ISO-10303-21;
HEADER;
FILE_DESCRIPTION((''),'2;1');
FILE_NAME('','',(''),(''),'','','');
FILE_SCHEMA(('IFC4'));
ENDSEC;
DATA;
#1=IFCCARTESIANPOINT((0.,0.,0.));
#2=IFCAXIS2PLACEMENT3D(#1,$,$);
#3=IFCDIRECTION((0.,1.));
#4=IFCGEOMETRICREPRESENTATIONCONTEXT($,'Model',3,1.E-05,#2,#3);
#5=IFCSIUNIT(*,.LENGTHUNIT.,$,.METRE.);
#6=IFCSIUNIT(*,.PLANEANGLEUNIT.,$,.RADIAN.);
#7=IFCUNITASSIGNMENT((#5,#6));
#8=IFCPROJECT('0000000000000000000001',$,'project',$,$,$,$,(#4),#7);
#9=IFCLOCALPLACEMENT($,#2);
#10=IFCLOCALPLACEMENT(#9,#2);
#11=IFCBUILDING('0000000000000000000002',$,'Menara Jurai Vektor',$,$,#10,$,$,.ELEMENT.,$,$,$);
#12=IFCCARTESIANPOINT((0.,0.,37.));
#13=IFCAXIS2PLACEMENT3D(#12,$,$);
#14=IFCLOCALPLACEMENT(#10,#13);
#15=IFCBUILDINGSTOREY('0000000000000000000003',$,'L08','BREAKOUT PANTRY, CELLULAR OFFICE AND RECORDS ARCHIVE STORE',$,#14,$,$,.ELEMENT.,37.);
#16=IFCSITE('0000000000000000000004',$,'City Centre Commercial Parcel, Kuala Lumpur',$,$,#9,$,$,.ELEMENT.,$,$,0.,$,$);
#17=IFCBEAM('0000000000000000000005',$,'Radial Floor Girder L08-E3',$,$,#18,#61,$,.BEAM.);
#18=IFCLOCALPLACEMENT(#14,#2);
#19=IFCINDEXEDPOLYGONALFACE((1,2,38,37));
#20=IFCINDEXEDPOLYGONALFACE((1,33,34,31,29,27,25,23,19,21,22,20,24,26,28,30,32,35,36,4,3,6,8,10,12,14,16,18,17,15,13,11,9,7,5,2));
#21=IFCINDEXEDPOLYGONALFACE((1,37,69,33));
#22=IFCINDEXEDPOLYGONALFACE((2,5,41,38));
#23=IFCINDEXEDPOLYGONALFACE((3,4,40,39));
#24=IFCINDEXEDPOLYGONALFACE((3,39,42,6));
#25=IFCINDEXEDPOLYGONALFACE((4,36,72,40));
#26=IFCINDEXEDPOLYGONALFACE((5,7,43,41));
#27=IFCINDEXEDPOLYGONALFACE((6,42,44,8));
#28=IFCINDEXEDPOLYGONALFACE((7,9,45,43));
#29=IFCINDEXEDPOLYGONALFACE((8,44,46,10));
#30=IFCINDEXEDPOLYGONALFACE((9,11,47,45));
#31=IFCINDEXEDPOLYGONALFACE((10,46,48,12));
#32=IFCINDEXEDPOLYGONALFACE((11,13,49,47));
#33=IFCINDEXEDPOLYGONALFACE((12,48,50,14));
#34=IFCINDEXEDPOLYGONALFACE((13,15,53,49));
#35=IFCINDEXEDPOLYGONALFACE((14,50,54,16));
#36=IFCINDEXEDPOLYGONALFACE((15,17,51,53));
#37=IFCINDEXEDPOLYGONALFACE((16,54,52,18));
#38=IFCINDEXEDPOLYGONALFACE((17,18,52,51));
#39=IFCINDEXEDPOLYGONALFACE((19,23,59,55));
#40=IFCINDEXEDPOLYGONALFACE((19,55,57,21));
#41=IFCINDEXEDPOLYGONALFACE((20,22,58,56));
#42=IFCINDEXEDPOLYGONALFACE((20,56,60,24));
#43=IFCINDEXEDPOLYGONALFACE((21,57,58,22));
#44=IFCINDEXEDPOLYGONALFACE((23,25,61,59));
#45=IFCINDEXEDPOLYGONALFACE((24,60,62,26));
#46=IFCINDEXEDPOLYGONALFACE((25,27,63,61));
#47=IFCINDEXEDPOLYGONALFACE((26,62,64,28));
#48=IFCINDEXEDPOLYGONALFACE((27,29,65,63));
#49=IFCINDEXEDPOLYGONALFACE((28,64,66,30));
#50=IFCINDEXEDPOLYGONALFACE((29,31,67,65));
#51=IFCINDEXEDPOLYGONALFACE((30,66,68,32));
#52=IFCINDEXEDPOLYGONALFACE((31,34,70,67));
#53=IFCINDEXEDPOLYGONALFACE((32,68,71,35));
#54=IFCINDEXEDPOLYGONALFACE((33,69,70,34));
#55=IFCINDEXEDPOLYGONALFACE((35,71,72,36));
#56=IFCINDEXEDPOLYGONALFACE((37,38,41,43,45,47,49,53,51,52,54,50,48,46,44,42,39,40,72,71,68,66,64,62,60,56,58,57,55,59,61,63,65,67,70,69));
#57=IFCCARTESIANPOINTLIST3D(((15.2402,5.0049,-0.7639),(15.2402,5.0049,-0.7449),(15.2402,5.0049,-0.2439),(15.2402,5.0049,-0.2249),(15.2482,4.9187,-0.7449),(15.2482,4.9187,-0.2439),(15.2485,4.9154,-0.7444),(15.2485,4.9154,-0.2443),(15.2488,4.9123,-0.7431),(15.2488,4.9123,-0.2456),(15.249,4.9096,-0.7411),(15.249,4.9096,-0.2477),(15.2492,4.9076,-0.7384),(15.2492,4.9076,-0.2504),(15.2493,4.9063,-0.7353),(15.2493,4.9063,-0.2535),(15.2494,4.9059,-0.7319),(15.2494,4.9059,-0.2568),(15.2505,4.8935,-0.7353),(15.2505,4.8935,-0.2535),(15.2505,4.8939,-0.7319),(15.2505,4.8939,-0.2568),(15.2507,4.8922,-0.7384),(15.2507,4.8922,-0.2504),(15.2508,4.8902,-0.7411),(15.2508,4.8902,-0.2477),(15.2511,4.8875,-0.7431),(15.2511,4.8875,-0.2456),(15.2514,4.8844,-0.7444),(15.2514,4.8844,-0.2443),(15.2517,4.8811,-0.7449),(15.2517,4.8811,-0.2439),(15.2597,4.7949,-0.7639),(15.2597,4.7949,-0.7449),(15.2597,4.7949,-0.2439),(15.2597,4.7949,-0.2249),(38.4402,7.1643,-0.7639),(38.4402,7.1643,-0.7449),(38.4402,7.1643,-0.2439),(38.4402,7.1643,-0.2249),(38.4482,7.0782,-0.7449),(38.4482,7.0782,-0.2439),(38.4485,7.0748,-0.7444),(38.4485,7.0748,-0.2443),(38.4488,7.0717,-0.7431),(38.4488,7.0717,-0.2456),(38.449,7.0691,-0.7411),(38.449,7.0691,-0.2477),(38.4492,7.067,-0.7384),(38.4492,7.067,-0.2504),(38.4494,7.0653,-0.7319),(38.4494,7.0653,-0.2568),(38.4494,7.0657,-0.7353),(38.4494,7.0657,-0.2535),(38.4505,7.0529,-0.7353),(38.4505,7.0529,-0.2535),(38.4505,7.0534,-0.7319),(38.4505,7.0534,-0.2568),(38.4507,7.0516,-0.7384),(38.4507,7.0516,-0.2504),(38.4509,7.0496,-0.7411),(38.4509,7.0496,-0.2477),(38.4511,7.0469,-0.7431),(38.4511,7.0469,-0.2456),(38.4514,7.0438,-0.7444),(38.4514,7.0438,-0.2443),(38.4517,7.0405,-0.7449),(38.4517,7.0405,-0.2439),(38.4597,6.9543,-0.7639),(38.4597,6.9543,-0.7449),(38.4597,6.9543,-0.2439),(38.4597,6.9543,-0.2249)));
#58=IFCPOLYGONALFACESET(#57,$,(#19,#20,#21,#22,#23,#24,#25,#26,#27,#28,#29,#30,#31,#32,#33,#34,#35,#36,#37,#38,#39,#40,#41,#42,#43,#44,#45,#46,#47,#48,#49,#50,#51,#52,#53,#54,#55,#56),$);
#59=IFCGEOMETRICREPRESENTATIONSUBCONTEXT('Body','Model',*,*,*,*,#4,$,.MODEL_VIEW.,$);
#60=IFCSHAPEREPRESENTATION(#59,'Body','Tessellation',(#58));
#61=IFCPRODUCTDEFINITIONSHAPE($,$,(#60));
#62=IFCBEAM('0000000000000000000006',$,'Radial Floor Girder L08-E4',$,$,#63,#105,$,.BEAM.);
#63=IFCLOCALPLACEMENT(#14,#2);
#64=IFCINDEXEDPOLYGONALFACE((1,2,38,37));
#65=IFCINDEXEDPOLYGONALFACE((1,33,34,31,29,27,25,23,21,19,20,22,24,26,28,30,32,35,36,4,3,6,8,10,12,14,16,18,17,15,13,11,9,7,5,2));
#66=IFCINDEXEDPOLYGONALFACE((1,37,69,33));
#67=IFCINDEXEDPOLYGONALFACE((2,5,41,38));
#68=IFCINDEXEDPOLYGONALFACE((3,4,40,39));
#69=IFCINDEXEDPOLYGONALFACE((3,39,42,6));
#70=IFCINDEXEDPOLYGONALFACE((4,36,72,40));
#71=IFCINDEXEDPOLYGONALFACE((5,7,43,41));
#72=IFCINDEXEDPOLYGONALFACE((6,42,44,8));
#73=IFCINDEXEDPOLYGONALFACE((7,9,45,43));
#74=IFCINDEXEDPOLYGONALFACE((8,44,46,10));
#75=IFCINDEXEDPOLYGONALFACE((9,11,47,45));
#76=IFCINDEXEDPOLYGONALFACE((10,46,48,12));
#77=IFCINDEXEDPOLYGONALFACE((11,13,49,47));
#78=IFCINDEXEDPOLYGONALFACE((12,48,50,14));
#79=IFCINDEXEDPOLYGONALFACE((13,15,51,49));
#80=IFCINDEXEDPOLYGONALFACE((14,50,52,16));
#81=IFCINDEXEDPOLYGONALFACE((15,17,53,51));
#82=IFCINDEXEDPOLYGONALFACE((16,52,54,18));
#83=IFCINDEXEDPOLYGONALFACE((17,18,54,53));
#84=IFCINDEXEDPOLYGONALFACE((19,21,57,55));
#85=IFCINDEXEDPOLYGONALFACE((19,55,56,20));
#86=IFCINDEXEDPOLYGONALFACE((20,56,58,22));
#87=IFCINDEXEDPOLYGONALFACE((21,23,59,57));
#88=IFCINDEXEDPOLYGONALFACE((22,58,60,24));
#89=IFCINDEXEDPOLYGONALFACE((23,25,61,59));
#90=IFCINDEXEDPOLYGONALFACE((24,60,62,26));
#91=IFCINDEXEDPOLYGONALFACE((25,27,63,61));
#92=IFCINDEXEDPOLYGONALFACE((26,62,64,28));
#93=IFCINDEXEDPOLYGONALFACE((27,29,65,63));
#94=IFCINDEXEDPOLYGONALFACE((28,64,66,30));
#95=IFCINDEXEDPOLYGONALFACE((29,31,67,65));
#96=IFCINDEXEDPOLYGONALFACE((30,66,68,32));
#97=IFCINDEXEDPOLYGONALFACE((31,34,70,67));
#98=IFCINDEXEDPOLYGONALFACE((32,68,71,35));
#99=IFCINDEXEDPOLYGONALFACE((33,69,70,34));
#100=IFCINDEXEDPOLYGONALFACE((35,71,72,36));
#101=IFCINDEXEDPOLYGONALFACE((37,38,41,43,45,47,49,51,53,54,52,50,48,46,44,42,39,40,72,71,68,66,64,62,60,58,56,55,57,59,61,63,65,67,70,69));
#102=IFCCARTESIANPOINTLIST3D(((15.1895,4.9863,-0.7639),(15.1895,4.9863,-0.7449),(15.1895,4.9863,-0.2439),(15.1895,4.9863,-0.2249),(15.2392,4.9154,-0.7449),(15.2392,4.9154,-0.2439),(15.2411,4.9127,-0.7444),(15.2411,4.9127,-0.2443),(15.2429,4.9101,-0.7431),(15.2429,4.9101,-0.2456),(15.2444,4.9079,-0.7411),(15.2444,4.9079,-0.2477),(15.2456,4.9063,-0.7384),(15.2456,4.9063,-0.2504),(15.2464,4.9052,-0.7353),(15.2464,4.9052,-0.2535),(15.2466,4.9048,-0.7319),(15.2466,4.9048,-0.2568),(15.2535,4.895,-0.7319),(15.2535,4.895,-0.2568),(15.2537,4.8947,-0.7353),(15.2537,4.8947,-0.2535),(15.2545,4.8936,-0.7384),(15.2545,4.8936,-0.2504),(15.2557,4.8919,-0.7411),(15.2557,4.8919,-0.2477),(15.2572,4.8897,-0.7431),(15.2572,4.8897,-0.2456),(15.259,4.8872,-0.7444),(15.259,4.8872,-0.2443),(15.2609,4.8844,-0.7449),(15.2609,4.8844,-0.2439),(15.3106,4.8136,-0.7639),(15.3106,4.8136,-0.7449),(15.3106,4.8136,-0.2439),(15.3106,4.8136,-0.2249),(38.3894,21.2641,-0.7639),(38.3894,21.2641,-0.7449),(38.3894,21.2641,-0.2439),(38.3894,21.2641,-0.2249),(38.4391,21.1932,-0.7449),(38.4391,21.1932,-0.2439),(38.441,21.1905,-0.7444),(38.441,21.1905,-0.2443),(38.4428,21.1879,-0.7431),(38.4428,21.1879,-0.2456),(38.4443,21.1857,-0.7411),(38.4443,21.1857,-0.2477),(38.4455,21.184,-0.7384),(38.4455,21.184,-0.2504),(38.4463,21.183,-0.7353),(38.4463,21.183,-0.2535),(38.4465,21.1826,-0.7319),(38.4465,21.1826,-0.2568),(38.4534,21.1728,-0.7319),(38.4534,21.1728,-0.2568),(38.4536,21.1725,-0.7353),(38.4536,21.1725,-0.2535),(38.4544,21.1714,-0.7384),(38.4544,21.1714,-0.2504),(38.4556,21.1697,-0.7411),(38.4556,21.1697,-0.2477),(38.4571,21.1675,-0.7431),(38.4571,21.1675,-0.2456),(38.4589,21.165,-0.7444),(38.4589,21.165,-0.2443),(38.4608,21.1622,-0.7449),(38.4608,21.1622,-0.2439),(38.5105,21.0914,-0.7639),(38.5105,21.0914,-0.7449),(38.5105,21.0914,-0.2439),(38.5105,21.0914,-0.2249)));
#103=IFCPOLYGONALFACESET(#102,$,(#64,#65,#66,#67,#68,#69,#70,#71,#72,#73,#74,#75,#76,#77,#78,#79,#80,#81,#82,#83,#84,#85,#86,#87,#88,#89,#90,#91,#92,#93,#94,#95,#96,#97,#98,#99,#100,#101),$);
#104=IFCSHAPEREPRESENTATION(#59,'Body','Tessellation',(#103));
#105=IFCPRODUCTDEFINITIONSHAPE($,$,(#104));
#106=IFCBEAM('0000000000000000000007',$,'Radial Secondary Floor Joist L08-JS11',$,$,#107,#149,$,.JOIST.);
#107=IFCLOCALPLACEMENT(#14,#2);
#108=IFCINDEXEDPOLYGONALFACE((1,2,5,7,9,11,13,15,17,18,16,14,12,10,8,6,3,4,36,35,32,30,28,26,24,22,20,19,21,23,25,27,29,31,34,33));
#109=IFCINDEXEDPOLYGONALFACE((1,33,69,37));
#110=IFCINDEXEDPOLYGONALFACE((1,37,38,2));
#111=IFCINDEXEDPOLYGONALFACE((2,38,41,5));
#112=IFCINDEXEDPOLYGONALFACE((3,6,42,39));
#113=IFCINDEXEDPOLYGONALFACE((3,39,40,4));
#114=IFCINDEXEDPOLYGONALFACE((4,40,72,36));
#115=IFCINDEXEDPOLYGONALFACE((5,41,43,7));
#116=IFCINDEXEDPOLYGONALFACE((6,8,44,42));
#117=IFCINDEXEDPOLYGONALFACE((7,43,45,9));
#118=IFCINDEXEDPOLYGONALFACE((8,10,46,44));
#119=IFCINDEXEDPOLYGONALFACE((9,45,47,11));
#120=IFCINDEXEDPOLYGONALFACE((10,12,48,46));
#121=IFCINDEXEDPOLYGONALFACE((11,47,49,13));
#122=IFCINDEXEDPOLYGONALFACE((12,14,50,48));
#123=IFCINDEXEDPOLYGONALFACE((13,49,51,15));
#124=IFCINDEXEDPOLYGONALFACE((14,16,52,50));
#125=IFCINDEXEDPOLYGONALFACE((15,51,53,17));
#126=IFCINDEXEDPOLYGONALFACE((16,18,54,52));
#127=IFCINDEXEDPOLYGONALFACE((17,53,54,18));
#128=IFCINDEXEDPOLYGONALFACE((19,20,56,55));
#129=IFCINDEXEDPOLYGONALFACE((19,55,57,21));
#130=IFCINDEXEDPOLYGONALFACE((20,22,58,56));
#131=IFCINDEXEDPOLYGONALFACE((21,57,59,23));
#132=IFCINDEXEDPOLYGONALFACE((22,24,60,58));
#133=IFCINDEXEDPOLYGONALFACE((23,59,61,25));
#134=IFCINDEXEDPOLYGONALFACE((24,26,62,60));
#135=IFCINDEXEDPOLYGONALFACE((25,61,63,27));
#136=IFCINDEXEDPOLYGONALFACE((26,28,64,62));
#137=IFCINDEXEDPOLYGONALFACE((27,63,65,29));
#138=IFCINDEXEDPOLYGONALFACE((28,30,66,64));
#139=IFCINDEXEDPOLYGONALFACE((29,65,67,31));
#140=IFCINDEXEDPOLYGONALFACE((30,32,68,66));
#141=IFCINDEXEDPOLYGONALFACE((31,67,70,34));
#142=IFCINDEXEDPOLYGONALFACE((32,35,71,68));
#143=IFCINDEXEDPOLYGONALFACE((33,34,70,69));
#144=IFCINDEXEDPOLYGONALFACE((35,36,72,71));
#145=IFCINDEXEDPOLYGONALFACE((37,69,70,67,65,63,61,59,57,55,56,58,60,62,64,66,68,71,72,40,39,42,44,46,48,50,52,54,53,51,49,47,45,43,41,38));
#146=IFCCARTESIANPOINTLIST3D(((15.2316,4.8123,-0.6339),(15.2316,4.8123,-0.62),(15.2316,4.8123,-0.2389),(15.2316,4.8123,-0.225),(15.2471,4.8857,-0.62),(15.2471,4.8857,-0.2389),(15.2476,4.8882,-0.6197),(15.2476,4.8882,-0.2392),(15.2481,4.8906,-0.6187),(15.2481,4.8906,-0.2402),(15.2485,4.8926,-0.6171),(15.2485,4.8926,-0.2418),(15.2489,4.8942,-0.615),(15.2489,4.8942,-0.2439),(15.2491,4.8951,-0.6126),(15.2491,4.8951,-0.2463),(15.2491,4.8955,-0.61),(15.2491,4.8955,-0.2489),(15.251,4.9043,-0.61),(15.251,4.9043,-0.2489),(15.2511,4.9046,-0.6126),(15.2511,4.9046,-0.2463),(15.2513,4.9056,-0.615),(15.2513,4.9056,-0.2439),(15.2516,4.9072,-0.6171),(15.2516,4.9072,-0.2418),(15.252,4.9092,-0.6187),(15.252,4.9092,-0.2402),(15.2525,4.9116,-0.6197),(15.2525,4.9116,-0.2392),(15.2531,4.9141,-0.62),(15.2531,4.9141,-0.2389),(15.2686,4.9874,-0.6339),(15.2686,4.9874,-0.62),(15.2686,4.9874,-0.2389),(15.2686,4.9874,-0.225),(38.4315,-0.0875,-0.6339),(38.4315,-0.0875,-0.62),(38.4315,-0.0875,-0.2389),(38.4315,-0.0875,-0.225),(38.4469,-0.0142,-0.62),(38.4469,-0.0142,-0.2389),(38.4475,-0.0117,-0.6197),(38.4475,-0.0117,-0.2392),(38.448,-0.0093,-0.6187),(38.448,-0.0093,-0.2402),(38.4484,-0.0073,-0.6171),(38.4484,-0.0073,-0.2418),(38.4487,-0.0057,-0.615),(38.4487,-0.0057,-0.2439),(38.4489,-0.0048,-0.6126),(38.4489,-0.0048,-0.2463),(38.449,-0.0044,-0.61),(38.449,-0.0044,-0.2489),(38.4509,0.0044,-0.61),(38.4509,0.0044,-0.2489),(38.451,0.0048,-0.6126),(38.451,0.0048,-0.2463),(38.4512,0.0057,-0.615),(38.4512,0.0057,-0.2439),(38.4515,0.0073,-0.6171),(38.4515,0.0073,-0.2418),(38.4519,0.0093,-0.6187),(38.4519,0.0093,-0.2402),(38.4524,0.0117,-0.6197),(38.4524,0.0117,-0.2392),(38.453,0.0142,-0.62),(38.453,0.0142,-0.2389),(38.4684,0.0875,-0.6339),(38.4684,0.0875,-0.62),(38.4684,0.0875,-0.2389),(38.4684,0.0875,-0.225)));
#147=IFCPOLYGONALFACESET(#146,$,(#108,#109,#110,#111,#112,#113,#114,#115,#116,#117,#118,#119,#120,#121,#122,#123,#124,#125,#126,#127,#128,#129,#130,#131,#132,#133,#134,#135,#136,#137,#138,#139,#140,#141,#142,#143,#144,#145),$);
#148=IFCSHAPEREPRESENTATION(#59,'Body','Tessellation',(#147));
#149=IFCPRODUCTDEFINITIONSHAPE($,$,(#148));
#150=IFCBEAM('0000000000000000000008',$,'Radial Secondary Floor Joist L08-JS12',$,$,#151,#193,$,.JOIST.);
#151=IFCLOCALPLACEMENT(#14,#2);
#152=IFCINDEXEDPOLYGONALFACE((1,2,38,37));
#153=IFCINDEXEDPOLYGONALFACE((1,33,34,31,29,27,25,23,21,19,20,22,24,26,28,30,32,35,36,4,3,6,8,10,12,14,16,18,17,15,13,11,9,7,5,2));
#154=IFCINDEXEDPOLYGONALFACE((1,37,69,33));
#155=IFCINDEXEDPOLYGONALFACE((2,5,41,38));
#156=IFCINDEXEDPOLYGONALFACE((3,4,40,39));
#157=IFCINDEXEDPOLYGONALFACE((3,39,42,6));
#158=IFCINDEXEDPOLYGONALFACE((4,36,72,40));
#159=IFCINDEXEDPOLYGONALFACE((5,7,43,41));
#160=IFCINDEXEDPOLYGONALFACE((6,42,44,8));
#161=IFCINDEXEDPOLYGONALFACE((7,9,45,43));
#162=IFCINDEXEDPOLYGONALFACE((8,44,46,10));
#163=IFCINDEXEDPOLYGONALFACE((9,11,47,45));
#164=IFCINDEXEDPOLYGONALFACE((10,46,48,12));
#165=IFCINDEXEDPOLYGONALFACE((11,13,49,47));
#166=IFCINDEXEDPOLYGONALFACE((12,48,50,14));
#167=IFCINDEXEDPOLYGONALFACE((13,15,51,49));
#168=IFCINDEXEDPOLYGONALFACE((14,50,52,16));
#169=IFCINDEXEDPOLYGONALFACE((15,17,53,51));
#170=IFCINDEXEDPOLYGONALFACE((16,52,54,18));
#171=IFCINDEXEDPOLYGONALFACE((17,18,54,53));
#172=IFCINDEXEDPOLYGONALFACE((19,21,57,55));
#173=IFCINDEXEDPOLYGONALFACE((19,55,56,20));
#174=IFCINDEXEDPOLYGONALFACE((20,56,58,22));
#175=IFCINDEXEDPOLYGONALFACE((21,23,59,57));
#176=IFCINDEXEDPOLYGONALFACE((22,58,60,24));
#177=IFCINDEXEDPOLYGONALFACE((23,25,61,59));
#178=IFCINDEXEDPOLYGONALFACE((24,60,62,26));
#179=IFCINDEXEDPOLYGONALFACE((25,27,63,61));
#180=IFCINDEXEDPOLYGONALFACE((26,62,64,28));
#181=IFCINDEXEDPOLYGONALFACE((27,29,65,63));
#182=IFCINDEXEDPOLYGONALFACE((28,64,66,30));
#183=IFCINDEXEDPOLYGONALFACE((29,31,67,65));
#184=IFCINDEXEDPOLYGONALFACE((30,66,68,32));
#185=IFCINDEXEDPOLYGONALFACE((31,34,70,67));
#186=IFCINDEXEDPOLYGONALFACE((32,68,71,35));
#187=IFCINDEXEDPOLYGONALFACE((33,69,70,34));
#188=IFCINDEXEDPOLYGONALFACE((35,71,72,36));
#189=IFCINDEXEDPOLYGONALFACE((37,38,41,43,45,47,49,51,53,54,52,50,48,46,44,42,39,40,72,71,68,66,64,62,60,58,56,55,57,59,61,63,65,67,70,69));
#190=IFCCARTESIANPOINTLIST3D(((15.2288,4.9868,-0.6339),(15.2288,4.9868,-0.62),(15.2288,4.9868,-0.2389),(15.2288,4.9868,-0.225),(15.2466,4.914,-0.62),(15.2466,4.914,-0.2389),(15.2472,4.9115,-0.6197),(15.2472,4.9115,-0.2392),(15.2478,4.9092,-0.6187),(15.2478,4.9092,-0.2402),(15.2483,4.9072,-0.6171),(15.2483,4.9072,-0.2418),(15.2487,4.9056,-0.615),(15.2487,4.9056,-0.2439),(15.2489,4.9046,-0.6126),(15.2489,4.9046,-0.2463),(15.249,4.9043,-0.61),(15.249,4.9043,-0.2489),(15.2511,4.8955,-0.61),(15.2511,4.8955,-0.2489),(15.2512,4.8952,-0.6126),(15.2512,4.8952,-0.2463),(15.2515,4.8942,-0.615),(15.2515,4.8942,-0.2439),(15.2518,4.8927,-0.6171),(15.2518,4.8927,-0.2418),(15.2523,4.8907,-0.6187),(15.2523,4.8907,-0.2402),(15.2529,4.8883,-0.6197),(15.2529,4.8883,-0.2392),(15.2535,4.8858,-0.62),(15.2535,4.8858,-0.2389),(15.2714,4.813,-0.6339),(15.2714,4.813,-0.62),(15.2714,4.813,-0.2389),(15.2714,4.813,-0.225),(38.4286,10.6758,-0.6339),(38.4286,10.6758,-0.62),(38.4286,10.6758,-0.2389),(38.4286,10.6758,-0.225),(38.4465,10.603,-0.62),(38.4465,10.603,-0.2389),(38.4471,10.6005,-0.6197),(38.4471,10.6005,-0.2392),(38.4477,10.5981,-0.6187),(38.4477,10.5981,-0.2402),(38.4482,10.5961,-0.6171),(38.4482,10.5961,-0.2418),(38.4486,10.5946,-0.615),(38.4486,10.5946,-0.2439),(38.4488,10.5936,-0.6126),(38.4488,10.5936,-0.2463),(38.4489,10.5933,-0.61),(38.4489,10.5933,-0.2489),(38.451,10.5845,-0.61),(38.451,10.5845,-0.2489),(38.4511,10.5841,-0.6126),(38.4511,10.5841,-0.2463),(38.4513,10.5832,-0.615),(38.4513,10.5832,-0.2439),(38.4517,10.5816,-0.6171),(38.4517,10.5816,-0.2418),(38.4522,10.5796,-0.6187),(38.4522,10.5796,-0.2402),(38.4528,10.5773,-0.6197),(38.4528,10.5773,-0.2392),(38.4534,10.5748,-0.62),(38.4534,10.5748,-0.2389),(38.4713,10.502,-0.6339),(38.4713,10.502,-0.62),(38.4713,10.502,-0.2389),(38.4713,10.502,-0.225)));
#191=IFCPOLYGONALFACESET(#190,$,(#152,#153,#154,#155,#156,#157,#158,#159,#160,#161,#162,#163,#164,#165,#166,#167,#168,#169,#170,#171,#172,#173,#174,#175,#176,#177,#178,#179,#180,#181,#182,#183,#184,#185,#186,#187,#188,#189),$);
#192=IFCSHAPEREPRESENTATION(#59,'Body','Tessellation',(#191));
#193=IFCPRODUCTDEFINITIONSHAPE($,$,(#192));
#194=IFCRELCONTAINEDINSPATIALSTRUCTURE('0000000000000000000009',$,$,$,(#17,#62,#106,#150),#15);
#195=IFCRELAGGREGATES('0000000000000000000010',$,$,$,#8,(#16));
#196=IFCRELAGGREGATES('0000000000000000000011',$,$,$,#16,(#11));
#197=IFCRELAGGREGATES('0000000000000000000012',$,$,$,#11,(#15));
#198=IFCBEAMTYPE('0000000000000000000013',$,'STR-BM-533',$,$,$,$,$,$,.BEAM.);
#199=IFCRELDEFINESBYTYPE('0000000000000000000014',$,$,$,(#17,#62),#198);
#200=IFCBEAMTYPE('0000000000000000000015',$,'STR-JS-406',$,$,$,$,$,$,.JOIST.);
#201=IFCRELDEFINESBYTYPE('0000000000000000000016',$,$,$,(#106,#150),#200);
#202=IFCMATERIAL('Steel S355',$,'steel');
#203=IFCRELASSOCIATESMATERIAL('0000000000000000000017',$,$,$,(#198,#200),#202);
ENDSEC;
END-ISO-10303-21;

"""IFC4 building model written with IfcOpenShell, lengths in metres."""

from ifc_helpers import new_model, si_unit, direction, frame, origin, origin_2d, place, context, subcontext, project, spatial, i_section, extrude, material, material_profile, profile_set, type_object, element, save


model = new_model("IFC4")

# Units and contexts
model_context = context("Model", 3, precision=1e-05, world=origin(), true_north=direction((0.0, 1.0)))
body_context = subcontext(model_context, "Body", "Model", "MODEL_VIEW")
ifc_project = project(units=[si_unit("LENGTHUNIT", "METRE"), si_unit("PLANEANGLEUNIT", "RADIAN")], contexts=[model_context])

# Site, building, storey
site_placement = place(None, origin())
site = spatial("IfcSite", under=ifc_project, at=site_placement, Name="City Centre Commercial Parcel, Kuala Lumpur", CompositionType="ELEMENT", RefElevation=0.0)
building_placement = place(site_placement, origin())
building = spatial("IfcBuilding", under=site, at=building_placement, Name="Menara Jurai Vektor", CompositionType="ELEMENT")
storey_placement = place(building_placement, frame((0.0, 0.0, 37.0)))
storey = spatial("IfcBuildingStorey", under=building, at=storey_placement, Name="L08", Description="BREAKOUT PANTRY, CELLULAR OFFICE AND RECORDS ARCHIVE STORE", CompositionType="ELEMENT", Elevation=37.0)

# Beams
ifc_material_1 = material(Name="Steel S355", Category="steel")
ifc_material_profile_1 = material_profile(ifc_material_1, i_section(OverallWidth=0.2109, OverallDepth=0.5391, WebThickness=0.012, FlangeThickness=0.019, FilletRadius=0.0129, at=origin_2d()), Name="UKB 533x210x109")
ifc_profile_set_1 = profile_set([ifc_material_profile_1], Name="Steel S355")
beam_type_1 = type_object("IfcBeamType", Name="STR-BM-533", PredefinedType="BEAM", material=ifc_profile_set_1)
beam_1_placement = place(storey_placement, frame((38.45, 7.0593, -0.4944), z_axis=(-0.995696, -0.092678, 0.0), x_axis=(0.092678, -0.995696, 0.0)))
element("IfcBeam", 1, at=beam_1_placement, inside=storey, type_object=beam_type_1, Name="Radial Floor Girder L08-E3", PredefinedType="BEAM", context=body_context, shape_type="SweptSolid", body=[
    extrude(i_section(OverallWidth=0.2109, OverallDepth=0.5391, WebThickness=0.012, FlangeThickness=0.019, FilletRadius=0.0129, at=origin_2d()), origin(), (0.0, 0.0, 1.0), 23.3003),
])
beam_2_placement = place(storey_placement, frame((38.45, 21.1777, -0.4944), z_axis=(-0.818604, -0.574359, 0.0), x_axis=(0.574359, -0.818604, 0.0)))
element("IfcBeam", 2, at=beam_2_placement, inside=storey, type_object=beam_type_1, Name="Radial Floor Girder L08-E4", PredefinedType="BEAM", context=body_context, shape_type="SweptSolid", body=[
    extrude(i_section(OverallWidth=0.2109, OverallDepth=0.5391, WebThickness=0.012, FlangeThickness=0.019, FilletRadius=0.0129, at=origin_2d()), origin(), (0.0, 0.0, 1.0), 28.3408),
])
ifc_material_profile_2 = material_profile(ifc_material_1, i_section(OverallWidth=0.179, OverallDepth=0.4089, WebThickness=0.009, FlangeThickness=0.0139, FilletRadius=0.01, at=origin_2d()), Name="UKB 406x178x67")
ifc_profile_set_2 = profile_set([ifc_material_profile_2], Name="Steel S355")
beam_type_2 = type_object("IfcBeamType", Name="STR-JS-406", PredefinedType="JOIST", material=ifc_profile_set_2)
beam_3_placement = place(storey_placement, frame((38.45, 0.0, -0.4294), z_axis=(-0.978416, 0.206645, 0.0), x_axis=(-0.206645, -0.978416, 0.0)))
element("IfcBeam", 3, at=beam_3_placement, inside=storey, type_object=beam_type_2, Name="Radial Secondary Floor Joist L08-JS11", PredefinedType="JOIST", context=body_context, shape_type="SweptSolid", body=[
    extrude(i_section(OverallWidth=0.179, OverallDepth=0.4089, WebThickness=0.009, FlangeThickness=0.0139, FilletRadius=0.01, at=origin_2d()), origin(), (0.0, 0.0, 1.0), 23.7117),
])
beam_4_placement = place(storey_placement, frame((38.45, 10.5889, -0.4294), z_axis=(-0.971226, -0.238159, 0.0), x_axis=(0.238159, -0.971226, 0.0)))
element("IfcBeam", 4, at=beam_4_placement, inside=storey, type_object=beam_type_2, Name="Radial Secondary Floor Joist L08-JS12", PredefinedType="JOIST", context=body_context, shape_type="SweptSolid", body=[
    extrude(i_section(OverallWidth=0.179, OverallDepth=0.4089, WebThickness=0.009, FlangeThickness=0.0139, FilletRadius=0.01, at=origin_2d()), origin(), (0.0, 0.0, 1.0), 23.8872),
])

save(model, "model.ifc")
